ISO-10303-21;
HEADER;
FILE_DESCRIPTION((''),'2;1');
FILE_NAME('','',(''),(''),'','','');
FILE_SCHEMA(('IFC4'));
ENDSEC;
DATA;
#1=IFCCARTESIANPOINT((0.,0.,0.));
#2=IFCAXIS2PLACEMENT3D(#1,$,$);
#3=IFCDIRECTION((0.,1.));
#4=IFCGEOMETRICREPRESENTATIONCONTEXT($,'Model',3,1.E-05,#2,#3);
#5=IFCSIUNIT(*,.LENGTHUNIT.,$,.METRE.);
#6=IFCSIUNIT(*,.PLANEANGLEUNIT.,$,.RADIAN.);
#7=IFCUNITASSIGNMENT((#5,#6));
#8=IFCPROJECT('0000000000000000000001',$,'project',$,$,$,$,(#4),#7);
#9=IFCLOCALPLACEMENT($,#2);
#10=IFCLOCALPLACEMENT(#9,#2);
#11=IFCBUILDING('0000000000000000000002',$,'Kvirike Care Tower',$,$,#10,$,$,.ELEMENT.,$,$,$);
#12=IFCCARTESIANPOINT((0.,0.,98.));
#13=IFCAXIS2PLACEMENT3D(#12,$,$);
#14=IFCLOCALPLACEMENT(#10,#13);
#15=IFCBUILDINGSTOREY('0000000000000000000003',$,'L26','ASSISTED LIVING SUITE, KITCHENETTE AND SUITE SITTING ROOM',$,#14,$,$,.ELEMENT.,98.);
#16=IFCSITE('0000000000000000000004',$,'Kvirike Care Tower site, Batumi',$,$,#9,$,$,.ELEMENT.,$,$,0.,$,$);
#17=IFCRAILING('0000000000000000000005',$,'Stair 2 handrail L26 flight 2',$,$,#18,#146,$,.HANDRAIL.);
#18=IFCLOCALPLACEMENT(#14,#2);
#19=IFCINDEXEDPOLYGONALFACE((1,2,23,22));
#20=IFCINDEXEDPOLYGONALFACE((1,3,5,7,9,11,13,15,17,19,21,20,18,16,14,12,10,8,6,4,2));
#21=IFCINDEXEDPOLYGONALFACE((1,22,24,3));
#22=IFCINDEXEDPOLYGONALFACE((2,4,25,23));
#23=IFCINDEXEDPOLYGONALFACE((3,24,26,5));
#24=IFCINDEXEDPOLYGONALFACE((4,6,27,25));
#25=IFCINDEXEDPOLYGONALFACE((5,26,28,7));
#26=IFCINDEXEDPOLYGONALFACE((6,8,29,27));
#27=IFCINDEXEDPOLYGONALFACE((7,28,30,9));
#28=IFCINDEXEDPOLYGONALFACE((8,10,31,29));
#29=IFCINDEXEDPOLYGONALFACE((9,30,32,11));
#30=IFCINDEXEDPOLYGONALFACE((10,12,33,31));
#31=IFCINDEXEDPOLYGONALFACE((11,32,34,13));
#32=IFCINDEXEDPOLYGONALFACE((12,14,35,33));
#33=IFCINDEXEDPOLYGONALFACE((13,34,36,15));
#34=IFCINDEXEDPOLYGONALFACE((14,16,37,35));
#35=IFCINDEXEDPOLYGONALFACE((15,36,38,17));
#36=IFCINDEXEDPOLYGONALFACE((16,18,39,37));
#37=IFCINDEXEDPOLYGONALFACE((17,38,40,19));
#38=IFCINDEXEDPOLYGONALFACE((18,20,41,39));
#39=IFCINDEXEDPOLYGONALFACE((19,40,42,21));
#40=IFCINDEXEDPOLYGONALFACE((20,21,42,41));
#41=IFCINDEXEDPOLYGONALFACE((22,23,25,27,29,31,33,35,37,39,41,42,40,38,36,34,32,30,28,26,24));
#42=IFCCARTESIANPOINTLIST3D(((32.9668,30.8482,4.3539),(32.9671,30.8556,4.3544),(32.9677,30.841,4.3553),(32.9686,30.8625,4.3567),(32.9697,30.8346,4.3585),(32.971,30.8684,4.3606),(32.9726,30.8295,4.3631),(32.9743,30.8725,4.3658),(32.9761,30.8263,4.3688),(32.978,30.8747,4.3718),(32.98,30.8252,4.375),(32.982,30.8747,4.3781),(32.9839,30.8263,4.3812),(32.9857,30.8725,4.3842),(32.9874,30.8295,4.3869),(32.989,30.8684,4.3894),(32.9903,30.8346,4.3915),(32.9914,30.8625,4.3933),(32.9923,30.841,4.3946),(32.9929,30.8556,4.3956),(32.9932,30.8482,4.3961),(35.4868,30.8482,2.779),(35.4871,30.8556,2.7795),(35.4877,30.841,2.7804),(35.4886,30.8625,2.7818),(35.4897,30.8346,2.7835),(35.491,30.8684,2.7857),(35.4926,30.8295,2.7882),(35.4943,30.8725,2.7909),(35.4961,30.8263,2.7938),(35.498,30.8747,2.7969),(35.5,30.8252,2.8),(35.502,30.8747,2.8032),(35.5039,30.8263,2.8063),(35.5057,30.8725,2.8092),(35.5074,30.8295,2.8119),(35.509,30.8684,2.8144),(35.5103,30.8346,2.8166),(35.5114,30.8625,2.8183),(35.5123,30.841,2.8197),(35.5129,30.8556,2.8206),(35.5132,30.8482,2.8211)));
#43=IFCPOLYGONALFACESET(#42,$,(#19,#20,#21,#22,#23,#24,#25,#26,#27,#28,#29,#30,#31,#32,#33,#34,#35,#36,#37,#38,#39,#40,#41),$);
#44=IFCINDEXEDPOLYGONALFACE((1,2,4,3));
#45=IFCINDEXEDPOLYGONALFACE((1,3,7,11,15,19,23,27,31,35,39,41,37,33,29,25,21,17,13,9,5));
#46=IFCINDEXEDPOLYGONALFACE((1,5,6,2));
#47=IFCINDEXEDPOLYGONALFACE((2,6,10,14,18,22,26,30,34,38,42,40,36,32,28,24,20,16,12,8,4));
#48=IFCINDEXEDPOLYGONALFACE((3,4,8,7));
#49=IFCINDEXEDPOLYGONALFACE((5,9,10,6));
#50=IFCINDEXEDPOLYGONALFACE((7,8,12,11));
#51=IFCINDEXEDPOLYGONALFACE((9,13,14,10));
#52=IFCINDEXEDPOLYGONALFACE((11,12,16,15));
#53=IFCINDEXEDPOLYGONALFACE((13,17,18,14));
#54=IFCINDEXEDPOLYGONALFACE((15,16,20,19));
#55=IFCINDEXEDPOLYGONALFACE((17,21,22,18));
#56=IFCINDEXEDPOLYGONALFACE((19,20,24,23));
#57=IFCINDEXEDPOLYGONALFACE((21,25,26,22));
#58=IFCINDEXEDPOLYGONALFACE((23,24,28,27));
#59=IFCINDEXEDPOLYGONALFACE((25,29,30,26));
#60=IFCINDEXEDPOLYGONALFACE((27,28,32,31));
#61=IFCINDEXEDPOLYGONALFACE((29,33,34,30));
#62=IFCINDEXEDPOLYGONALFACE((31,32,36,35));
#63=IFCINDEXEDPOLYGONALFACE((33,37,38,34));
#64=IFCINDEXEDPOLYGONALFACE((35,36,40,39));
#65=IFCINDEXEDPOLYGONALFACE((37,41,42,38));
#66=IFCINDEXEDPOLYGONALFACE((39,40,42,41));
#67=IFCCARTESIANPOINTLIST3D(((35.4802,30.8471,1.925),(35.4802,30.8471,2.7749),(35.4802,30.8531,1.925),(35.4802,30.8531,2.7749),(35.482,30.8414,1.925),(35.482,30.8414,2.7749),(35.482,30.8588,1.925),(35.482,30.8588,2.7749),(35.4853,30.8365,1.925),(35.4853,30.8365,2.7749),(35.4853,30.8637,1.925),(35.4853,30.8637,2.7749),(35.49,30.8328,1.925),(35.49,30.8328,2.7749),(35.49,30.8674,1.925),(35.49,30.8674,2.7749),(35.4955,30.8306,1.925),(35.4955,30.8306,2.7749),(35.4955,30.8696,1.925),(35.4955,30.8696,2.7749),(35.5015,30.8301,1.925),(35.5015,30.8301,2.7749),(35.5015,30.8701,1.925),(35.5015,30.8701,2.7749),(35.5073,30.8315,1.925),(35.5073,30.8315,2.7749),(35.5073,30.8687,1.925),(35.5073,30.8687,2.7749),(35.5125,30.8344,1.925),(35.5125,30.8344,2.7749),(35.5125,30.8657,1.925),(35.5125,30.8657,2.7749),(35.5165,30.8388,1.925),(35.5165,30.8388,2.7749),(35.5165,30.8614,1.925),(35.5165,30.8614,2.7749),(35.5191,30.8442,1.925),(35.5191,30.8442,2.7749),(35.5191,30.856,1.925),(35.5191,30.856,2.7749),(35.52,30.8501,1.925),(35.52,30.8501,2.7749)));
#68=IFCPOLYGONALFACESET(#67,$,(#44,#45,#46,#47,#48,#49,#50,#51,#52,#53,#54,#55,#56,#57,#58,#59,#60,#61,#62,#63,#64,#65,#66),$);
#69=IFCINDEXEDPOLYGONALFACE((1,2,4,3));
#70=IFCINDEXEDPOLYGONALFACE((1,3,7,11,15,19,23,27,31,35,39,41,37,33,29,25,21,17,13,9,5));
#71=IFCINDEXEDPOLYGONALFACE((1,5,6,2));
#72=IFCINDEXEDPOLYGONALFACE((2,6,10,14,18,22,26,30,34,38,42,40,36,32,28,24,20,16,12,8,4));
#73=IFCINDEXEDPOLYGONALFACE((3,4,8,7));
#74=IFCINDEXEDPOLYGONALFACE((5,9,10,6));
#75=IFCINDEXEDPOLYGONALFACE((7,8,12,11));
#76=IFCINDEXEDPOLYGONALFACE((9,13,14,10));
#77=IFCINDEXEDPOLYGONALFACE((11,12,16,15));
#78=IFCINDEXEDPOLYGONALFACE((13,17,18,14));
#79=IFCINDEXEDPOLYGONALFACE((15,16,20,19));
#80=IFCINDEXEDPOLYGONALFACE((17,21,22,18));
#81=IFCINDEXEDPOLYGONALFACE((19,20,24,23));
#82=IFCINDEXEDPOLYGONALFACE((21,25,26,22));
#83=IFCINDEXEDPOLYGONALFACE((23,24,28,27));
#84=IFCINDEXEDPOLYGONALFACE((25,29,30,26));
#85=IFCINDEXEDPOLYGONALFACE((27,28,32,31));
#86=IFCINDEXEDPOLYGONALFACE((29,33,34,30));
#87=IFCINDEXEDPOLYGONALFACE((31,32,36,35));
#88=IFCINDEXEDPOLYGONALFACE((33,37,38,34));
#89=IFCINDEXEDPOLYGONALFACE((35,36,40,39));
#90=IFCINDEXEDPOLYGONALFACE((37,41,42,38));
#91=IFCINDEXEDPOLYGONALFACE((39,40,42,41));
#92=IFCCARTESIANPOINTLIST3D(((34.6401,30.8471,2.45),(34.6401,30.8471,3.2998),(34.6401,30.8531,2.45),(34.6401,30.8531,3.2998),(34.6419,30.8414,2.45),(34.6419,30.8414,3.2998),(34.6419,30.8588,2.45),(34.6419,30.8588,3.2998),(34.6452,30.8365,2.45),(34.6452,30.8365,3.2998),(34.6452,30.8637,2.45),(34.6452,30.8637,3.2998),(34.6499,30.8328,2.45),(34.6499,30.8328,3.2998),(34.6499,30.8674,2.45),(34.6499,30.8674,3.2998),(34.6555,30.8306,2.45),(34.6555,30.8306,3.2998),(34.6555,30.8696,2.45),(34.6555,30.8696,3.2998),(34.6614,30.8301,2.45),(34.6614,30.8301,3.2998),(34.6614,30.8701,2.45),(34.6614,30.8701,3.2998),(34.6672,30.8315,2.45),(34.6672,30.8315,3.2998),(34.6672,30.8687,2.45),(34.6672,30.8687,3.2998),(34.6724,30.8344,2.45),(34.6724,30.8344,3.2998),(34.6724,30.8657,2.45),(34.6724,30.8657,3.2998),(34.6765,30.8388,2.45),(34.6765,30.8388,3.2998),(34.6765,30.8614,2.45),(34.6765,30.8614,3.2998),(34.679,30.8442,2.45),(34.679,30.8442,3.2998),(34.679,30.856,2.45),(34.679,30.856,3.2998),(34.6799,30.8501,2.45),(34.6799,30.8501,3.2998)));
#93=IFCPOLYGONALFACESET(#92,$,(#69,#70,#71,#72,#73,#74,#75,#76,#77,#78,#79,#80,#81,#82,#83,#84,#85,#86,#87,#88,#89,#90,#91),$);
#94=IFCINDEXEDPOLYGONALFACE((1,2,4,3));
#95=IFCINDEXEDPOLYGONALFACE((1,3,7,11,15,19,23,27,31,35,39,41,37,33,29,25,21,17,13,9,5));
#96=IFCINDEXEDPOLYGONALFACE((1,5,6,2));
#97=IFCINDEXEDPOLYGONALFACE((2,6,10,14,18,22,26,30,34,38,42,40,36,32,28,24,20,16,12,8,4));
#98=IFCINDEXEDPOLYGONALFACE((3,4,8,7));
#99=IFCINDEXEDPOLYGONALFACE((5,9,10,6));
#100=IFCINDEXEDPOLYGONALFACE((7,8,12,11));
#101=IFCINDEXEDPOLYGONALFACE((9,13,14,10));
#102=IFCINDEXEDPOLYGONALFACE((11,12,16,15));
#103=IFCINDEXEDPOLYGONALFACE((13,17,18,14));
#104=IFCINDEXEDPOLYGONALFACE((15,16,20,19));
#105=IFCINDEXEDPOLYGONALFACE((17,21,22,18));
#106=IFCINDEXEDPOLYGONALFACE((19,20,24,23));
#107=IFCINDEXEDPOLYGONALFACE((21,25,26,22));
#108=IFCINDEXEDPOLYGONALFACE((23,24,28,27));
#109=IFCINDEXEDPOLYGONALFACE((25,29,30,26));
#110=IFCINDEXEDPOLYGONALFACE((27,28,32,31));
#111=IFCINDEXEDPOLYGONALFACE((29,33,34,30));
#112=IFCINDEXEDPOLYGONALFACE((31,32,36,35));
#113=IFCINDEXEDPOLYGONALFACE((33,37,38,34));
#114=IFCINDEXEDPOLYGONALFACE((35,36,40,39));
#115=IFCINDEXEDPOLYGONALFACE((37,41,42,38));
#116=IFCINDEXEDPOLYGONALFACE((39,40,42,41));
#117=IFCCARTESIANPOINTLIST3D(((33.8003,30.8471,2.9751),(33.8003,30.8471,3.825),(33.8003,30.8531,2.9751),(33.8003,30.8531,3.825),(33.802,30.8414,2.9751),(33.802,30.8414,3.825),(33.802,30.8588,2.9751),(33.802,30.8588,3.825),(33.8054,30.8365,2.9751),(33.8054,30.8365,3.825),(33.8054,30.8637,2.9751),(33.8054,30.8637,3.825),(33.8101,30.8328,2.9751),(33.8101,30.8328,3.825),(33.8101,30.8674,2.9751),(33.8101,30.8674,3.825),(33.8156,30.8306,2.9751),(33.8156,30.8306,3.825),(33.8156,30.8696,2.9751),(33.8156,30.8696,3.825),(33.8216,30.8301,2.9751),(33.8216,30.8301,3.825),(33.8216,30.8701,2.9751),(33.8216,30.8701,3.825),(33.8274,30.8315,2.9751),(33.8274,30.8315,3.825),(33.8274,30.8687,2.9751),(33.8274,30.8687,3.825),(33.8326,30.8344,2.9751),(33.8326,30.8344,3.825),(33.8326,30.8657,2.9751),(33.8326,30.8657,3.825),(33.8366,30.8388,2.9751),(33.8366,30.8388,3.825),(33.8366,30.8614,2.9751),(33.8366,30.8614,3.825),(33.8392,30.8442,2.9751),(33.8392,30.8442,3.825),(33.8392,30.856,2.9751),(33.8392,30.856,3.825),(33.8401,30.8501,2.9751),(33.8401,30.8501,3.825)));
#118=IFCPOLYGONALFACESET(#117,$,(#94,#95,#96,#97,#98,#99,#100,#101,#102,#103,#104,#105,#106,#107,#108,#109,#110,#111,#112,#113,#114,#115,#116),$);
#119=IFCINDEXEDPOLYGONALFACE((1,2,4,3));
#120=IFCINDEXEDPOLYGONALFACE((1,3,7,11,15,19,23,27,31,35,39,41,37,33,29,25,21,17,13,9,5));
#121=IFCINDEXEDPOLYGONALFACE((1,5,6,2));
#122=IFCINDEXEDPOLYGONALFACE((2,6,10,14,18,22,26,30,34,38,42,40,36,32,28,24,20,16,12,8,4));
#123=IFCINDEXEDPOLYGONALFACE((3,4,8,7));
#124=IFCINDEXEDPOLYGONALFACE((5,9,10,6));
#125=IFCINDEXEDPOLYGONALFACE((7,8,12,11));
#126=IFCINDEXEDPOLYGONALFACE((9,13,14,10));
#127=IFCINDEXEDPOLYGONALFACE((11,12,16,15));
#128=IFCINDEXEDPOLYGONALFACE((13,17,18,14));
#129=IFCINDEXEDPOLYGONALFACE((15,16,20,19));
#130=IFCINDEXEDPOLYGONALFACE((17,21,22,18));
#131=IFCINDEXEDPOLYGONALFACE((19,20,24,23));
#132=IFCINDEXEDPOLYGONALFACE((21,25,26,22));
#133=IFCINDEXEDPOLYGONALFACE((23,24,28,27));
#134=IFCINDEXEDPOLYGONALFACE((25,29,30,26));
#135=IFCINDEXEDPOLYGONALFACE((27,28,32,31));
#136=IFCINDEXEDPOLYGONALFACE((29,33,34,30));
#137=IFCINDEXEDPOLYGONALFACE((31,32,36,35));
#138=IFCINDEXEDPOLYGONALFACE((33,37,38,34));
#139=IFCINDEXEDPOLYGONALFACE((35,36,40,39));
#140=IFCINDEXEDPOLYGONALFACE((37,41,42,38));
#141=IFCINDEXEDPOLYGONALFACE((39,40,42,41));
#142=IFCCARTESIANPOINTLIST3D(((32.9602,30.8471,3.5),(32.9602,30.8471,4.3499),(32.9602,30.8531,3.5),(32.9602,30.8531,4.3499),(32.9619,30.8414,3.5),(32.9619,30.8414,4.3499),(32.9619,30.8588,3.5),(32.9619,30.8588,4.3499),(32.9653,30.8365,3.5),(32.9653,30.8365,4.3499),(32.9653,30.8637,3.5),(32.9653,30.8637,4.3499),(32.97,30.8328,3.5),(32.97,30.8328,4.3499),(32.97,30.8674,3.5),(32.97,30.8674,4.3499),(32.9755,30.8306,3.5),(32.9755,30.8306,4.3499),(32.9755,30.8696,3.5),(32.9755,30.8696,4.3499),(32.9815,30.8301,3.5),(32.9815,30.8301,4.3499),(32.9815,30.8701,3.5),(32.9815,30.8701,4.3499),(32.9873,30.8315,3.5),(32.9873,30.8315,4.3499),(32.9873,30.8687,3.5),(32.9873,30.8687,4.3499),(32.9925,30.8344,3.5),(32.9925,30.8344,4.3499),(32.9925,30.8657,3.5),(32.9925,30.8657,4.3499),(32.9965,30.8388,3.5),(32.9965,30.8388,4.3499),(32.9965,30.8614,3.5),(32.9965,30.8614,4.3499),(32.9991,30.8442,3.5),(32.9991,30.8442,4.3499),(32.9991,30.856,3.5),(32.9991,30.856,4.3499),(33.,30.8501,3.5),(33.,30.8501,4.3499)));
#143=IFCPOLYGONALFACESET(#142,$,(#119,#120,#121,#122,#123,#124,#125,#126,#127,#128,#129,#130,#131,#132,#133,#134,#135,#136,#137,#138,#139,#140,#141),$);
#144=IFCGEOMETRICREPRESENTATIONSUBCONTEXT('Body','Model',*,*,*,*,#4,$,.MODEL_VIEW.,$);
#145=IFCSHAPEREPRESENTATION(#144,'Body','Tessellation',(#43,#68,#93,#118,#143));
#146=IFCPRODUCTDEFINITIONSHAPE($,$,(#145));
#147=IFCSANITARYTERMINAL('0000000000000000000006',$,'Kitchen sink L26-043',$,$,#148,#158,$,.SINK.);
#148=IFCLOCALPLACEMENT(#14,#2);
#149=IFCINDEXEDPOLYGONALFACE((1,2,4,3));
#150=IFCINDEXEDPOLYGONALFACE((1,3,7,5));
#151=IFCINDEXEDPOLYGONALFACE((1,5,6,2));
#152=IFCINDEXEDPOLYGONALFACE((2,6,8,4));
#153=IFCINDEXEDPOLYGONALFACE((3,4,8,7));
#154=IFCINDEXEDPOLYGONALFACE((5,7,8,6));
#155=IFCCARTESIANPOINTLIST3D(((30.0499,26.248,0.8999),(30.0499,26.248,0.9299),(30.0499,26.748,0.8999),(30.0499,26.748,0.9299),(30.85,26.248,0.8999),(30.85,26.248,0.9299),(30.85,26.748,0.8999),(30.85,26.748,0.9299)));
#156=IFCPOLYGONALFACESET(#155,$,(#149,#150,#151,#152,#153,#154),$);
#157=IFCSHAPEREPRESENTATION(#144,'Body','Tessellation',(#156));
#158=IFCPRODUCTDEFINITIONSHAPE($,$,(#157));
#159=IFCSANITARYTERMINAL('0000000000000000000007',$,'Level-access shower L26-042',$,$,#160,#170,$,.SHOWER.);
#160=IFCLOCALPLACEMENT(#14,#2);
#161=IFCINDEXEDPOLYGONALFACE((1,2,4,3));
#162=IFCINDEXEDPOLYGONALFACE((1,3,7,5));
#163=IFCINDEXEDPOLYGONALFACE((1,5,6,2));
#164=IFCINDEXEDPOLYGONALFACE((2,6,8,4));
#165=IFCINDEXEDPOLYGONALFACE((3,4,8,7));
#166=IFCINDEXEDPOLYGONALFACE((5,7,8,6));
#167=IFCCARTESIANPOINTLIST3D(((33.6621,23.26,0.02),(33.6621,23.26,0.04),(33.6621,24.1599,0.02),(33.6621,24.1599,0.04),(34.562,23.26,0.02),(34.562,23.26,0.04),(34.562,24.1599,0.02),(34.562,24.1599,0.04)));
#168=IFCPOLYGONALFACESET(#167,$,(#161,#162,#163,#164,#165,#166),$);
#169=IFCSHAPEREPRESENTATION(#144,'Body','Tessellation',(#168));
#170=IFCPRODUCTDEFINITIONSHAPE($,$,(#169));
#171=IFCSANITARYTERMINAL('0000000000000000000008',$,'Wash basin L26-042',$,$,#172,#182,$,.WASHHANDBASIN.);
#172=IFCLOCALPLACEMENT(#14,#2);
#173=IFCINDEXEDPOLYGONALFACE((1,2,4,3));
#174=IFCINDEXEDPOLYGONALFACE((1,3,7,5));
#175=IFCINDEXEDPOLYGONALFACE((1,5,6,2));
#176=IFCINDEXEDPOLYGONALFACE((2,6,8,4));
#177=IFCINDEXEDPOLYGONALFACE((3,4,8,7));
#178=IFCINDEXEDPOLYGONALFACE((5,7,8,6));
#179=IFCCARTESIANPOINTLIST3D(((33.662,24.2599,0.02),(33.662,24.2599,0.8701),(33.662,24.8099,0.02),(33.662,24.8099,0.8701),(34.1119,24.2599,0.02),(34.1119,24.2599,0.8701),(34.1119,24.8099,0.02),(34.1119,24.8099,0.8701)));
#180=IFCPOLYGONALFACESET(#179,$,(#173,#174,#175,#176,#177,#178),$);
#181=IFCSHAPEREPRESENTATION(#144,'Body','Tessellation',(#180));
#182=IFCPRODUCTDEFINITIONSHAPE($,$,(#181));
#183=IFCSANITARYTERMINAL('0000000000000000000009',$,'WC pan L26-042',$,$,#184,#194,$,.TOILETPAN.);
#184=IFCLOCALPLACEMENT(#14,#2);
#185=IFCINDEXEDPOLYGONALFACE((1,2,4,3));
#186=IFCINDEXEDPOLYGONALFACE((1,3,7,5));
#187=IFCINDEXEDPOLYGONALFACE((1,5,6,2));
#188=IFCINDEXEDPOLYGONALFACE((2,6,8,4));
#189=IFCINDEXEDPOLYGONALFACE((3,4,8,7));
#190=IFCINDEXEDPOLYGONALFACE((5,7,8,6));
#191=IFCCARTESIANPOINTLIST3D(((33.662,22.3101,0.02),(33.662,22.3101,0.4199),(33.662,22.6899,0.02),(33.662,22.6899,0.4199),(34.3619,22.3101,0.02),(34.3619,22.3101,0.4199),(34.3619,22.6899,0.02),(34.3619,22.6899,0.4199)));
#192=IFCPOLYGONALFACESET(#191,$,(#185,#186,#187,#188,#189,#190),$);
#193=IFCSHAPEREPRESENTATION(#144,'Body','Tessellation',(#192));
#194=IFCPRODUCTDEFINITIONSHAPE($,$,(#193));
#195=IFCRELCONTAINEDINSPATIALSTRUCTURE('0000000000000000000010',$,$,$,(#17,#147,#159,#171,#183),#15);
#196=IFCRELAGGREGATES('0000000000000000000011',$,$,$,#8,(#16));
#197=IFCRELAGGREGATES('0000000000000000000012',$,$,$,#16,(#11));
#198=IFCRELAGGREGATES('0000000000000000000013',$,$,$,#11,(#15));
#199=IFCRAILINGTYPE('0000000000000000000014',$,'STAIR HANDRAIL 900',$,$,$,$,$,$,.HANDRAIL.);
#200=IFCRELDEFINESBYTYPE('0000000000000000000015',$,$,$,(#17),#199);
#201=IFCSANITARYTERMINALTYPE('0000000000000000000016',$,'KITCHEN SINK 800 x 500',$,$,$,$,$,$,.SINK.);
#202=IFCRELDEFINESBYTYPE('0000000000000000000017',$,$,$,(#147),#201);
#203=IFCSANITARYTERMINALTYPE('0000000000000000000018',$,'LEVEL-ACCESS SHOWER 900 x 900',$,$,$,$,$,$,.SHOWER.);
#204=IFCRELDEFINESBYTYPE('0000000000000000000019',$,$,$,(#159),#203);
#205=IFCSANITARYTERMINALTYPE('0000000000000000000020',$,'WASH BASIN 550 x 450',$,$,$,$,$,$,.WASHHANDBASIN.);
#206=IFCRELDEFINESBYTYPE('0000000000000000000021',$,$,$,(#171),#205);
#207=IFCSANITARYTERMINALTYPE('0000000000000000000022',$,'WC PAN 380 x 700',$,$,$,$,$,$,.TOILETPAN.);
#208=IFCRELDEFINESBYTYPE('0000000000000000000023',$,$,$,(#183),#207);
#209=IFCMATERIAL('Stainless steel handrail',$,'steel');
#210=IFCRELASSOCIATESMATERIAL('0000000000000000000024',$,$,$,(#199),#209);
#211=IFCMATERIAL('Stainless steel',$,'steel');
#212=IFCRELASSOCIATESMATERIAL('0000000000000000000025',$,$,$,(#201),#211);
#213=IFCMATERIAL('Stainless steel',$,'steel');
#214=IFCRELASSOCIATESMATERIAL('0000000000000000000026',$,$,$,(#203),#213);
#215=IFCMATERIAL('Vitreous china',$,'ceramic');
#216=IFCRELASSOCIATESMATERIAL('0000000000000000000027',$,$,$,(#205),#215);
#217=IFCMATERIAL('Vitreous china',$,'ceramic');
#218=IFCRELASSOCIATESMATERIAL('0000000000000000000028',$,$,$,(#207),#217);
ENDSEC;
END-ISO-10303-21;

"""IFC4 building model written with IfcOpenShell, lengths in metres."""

from ifc_helpers import new_model, si_unit, direction, frame, origin, origin_2d, place, context, subcontext, project, spatial, rectangle, circle, extrude, material, type_object, element, save


model = new_model("IFC4")

# Units and contexts
model_context = context("Model", 3, precision=1e-05, world=origin(), true_north=direction((0.0, 1.0)))
body_context = subcontext(model_context, "Body", "Model", "MODEL_VIEW")
ifc_project = project(units=[si_unit("LENGTHUNIT", "METRE"), si_unit("PLANEANGLEUNIT", "RADIAN")], contexts=[model_context])

# Site, building, storey
site_placement = place(None, origin())
site = spatial("IfcSite", under=ifc_project, at=site_placement, Name="Kvirike Care Tower site, Batumi", CompositionType="ELEMENT", RefElevation=0.0)
building_placement = place(site_placement, origin())
building = spatial("IfcBuilding", under=site, at=building_placement, Name="Kvirike Care Tower", CompositionType="ELEMENT")
storey_placement = place(building_placement, frame((0.0, 0.0, 98.0)))
storey = spatial("IfcBuildingStorey", under=building, at=storey_placement, Name="L26", Description="ASSISTED LIVING SUITE, KITCHENETTE AND SUITE SITTING ROOM", CompositionType="ELEMENT", Elevation=98.0)

# Railing
ifc_material_1 = material(Name="Stainless steel handrail", Category="steel")
railing_type = type_object("IfcRailingType", Name="STAIR HANDRAIL 900", PredefinedType="HANDRAIL", material=ifc_material_1)
railing_1_placement = place(storey_placement, frame((35.5, 30.8501, 1.925)))
element("IfcRailing", 1, at=railing_1_placement, inside=storey, type_object=railing_type, Name="Stair 2 handrail L26 flight 2", PredefinedType="HANDRAIL", context=body_context, shape_type="SweptSolid", body=[
    extrude(circle(Radius=0.0249, at=origin_2d()), frame((0.0, 0.0, 0.875), z_axis=(-0.848008, 0.0, 0.529984), x_axis=(0.0, -1.0, 0.0)), (0.0, 0.0, 1.0), 2.9717),
    extrude(circle(Radius=0.02, at=origin_2d()), origin(), (0.0, 0.0, 1.0), 0.8499),
    extrude(circle(Radius=0.02, at=origin_2d()), frame((-0.8401, 0.0, 0.5249)), (0.0, 0.0, 1.0), 0.8499),
    extrude(circle(Radius=0.02, at=origin_2d()), frame((-1.6799, 0.0, 1.05)), (0.0, 0.0, 1.0), 0.8499),
    extrude(circle(Radius=0.02, at=origin_2d()), frame((-2.52, 0.0, 1.575)), (0.0, 0.0, 1.0), 0.8499),
])

# Sanitary terminals
ifc_material_2 = material(Name="Stainless steel", Category="steel")
sanitary_terminal_type_1 = type_object("IfcSanitaryTerminalType", Name="KITCHEN SINK 800 x 500", PredefinedType="SINK", material=ifc_material_2)
sanitary_terminal_1_placement = place(storey_placement, frame((30.45, 26.498, 0.8999), z_axis=(0.0, 0.0, 1.0), x_axis=(1.0, 0.0, 0.0)))
element("IfcSanitaryTerminal", 2, at=sanitary_terminal_1_placement, inside=storey, type_object=sanitary_terminal_type_1, Name="Kitchen sink L26-043", PredefinedType="SINK", context=body_context, shape_type="SweptSolid", body=[
    extrude(rectangle(XDim=0.8, YDim=0.5, at=origin_2d()), origin(), (0.0, 0.0, 1.0), 0.03),
])
ifc_material_3 = material(Name="Stainless steel", Category="steel")
sanitary_terminal_type_2 = type_object("IfcSanitaryTerminalType", Name="LEVEL-ACCESS SHOWER 900 x 900", PredefinedType="SHOWER", material=ifc_material_3)
sanitary_terminal_2_placement = place(storey_placement, frame((34.1121, 23.71, 0.02), z_axis=(0.0, 0.0, 1.0), x_axis=(0.0, 1.0, 0.0)))
element("IfcSanitaryTerminal", 3, at=sanitary_terminal_2_placement, inside=storey, type_object=sanitary_terminal_type_2, Name="Level-access shower L26-042", PredefinedType="SHOWER", context=body_context, shape_type="SweptSolid", body=[
    extrude(rectangle(XDim=0.8999, YDim=0.8999, at=origin_2d()), origin(), (0.0, 0.0, 1.0), 0.02),
])
ifc_material_4 = material(Name="Vitreous china", Category="ceramic")
sanitary_terminal_type_3 = type_object("IfcSanitaryTerminalType", Name="WASH BASIN 550 x 450", PredefinedType="WASHHANDBASIN", material=ifc_material_4)
sanitary_terminal_3_placement = place(storey_placement, frame((33.887, 24.5349, 0.02), z_axis=(0.0, 0.0, 1.0), x_axis=(0.0, 1.0, 0.0)))
element("IfcSanitaryTerminal", 4, at=sanitary_terminal_3_placement, inside=storey, type_object=sanitary_terminal_type_3, Name="Wash basin L26-042", PredefinedType="WASHHANDBASIN", context=body_context, shape_type="SweptSolid", body=[
    extrude(rectangle(XDim=0.55, YDim=0.45, at=origin_2d()), origin(), (0.0, 0.0, 1.0), 0.8501),
])
ifc_material_5 = material(Name="Vitreous china", Category="ceramic")
sanitary_terminal_type_4 = type_object("IfcSanitaryTerminalType", Name="WC PAN 380 x 700", PredefinedType="TOILETPAN", material=ifc_material_5)
sanitary_terminal_4_placement = place(storey_placement, frame((34.012, 22.5, 0.02), z_axis=(0.0, 0.0, 1.0), x_axis=(0.0, 1.0, 0.0)))
element("IfcSanitaryTerminal", 5, at=sanitary_terminal_4_placement, inside=storey, type_object=sanitary_terminal_type_4, Name="WC pan L26-042", PredefinedType="TOILETPAN", context=body_context, shape_type="SweptSolid", body=[
    extrude(rectangle(XDim=0.3799, YDim=0.7, at=origin_2d()), origin(), (0.0, 0.0, 1.0), 0.3999),
])

save(model, "model.ifc")
